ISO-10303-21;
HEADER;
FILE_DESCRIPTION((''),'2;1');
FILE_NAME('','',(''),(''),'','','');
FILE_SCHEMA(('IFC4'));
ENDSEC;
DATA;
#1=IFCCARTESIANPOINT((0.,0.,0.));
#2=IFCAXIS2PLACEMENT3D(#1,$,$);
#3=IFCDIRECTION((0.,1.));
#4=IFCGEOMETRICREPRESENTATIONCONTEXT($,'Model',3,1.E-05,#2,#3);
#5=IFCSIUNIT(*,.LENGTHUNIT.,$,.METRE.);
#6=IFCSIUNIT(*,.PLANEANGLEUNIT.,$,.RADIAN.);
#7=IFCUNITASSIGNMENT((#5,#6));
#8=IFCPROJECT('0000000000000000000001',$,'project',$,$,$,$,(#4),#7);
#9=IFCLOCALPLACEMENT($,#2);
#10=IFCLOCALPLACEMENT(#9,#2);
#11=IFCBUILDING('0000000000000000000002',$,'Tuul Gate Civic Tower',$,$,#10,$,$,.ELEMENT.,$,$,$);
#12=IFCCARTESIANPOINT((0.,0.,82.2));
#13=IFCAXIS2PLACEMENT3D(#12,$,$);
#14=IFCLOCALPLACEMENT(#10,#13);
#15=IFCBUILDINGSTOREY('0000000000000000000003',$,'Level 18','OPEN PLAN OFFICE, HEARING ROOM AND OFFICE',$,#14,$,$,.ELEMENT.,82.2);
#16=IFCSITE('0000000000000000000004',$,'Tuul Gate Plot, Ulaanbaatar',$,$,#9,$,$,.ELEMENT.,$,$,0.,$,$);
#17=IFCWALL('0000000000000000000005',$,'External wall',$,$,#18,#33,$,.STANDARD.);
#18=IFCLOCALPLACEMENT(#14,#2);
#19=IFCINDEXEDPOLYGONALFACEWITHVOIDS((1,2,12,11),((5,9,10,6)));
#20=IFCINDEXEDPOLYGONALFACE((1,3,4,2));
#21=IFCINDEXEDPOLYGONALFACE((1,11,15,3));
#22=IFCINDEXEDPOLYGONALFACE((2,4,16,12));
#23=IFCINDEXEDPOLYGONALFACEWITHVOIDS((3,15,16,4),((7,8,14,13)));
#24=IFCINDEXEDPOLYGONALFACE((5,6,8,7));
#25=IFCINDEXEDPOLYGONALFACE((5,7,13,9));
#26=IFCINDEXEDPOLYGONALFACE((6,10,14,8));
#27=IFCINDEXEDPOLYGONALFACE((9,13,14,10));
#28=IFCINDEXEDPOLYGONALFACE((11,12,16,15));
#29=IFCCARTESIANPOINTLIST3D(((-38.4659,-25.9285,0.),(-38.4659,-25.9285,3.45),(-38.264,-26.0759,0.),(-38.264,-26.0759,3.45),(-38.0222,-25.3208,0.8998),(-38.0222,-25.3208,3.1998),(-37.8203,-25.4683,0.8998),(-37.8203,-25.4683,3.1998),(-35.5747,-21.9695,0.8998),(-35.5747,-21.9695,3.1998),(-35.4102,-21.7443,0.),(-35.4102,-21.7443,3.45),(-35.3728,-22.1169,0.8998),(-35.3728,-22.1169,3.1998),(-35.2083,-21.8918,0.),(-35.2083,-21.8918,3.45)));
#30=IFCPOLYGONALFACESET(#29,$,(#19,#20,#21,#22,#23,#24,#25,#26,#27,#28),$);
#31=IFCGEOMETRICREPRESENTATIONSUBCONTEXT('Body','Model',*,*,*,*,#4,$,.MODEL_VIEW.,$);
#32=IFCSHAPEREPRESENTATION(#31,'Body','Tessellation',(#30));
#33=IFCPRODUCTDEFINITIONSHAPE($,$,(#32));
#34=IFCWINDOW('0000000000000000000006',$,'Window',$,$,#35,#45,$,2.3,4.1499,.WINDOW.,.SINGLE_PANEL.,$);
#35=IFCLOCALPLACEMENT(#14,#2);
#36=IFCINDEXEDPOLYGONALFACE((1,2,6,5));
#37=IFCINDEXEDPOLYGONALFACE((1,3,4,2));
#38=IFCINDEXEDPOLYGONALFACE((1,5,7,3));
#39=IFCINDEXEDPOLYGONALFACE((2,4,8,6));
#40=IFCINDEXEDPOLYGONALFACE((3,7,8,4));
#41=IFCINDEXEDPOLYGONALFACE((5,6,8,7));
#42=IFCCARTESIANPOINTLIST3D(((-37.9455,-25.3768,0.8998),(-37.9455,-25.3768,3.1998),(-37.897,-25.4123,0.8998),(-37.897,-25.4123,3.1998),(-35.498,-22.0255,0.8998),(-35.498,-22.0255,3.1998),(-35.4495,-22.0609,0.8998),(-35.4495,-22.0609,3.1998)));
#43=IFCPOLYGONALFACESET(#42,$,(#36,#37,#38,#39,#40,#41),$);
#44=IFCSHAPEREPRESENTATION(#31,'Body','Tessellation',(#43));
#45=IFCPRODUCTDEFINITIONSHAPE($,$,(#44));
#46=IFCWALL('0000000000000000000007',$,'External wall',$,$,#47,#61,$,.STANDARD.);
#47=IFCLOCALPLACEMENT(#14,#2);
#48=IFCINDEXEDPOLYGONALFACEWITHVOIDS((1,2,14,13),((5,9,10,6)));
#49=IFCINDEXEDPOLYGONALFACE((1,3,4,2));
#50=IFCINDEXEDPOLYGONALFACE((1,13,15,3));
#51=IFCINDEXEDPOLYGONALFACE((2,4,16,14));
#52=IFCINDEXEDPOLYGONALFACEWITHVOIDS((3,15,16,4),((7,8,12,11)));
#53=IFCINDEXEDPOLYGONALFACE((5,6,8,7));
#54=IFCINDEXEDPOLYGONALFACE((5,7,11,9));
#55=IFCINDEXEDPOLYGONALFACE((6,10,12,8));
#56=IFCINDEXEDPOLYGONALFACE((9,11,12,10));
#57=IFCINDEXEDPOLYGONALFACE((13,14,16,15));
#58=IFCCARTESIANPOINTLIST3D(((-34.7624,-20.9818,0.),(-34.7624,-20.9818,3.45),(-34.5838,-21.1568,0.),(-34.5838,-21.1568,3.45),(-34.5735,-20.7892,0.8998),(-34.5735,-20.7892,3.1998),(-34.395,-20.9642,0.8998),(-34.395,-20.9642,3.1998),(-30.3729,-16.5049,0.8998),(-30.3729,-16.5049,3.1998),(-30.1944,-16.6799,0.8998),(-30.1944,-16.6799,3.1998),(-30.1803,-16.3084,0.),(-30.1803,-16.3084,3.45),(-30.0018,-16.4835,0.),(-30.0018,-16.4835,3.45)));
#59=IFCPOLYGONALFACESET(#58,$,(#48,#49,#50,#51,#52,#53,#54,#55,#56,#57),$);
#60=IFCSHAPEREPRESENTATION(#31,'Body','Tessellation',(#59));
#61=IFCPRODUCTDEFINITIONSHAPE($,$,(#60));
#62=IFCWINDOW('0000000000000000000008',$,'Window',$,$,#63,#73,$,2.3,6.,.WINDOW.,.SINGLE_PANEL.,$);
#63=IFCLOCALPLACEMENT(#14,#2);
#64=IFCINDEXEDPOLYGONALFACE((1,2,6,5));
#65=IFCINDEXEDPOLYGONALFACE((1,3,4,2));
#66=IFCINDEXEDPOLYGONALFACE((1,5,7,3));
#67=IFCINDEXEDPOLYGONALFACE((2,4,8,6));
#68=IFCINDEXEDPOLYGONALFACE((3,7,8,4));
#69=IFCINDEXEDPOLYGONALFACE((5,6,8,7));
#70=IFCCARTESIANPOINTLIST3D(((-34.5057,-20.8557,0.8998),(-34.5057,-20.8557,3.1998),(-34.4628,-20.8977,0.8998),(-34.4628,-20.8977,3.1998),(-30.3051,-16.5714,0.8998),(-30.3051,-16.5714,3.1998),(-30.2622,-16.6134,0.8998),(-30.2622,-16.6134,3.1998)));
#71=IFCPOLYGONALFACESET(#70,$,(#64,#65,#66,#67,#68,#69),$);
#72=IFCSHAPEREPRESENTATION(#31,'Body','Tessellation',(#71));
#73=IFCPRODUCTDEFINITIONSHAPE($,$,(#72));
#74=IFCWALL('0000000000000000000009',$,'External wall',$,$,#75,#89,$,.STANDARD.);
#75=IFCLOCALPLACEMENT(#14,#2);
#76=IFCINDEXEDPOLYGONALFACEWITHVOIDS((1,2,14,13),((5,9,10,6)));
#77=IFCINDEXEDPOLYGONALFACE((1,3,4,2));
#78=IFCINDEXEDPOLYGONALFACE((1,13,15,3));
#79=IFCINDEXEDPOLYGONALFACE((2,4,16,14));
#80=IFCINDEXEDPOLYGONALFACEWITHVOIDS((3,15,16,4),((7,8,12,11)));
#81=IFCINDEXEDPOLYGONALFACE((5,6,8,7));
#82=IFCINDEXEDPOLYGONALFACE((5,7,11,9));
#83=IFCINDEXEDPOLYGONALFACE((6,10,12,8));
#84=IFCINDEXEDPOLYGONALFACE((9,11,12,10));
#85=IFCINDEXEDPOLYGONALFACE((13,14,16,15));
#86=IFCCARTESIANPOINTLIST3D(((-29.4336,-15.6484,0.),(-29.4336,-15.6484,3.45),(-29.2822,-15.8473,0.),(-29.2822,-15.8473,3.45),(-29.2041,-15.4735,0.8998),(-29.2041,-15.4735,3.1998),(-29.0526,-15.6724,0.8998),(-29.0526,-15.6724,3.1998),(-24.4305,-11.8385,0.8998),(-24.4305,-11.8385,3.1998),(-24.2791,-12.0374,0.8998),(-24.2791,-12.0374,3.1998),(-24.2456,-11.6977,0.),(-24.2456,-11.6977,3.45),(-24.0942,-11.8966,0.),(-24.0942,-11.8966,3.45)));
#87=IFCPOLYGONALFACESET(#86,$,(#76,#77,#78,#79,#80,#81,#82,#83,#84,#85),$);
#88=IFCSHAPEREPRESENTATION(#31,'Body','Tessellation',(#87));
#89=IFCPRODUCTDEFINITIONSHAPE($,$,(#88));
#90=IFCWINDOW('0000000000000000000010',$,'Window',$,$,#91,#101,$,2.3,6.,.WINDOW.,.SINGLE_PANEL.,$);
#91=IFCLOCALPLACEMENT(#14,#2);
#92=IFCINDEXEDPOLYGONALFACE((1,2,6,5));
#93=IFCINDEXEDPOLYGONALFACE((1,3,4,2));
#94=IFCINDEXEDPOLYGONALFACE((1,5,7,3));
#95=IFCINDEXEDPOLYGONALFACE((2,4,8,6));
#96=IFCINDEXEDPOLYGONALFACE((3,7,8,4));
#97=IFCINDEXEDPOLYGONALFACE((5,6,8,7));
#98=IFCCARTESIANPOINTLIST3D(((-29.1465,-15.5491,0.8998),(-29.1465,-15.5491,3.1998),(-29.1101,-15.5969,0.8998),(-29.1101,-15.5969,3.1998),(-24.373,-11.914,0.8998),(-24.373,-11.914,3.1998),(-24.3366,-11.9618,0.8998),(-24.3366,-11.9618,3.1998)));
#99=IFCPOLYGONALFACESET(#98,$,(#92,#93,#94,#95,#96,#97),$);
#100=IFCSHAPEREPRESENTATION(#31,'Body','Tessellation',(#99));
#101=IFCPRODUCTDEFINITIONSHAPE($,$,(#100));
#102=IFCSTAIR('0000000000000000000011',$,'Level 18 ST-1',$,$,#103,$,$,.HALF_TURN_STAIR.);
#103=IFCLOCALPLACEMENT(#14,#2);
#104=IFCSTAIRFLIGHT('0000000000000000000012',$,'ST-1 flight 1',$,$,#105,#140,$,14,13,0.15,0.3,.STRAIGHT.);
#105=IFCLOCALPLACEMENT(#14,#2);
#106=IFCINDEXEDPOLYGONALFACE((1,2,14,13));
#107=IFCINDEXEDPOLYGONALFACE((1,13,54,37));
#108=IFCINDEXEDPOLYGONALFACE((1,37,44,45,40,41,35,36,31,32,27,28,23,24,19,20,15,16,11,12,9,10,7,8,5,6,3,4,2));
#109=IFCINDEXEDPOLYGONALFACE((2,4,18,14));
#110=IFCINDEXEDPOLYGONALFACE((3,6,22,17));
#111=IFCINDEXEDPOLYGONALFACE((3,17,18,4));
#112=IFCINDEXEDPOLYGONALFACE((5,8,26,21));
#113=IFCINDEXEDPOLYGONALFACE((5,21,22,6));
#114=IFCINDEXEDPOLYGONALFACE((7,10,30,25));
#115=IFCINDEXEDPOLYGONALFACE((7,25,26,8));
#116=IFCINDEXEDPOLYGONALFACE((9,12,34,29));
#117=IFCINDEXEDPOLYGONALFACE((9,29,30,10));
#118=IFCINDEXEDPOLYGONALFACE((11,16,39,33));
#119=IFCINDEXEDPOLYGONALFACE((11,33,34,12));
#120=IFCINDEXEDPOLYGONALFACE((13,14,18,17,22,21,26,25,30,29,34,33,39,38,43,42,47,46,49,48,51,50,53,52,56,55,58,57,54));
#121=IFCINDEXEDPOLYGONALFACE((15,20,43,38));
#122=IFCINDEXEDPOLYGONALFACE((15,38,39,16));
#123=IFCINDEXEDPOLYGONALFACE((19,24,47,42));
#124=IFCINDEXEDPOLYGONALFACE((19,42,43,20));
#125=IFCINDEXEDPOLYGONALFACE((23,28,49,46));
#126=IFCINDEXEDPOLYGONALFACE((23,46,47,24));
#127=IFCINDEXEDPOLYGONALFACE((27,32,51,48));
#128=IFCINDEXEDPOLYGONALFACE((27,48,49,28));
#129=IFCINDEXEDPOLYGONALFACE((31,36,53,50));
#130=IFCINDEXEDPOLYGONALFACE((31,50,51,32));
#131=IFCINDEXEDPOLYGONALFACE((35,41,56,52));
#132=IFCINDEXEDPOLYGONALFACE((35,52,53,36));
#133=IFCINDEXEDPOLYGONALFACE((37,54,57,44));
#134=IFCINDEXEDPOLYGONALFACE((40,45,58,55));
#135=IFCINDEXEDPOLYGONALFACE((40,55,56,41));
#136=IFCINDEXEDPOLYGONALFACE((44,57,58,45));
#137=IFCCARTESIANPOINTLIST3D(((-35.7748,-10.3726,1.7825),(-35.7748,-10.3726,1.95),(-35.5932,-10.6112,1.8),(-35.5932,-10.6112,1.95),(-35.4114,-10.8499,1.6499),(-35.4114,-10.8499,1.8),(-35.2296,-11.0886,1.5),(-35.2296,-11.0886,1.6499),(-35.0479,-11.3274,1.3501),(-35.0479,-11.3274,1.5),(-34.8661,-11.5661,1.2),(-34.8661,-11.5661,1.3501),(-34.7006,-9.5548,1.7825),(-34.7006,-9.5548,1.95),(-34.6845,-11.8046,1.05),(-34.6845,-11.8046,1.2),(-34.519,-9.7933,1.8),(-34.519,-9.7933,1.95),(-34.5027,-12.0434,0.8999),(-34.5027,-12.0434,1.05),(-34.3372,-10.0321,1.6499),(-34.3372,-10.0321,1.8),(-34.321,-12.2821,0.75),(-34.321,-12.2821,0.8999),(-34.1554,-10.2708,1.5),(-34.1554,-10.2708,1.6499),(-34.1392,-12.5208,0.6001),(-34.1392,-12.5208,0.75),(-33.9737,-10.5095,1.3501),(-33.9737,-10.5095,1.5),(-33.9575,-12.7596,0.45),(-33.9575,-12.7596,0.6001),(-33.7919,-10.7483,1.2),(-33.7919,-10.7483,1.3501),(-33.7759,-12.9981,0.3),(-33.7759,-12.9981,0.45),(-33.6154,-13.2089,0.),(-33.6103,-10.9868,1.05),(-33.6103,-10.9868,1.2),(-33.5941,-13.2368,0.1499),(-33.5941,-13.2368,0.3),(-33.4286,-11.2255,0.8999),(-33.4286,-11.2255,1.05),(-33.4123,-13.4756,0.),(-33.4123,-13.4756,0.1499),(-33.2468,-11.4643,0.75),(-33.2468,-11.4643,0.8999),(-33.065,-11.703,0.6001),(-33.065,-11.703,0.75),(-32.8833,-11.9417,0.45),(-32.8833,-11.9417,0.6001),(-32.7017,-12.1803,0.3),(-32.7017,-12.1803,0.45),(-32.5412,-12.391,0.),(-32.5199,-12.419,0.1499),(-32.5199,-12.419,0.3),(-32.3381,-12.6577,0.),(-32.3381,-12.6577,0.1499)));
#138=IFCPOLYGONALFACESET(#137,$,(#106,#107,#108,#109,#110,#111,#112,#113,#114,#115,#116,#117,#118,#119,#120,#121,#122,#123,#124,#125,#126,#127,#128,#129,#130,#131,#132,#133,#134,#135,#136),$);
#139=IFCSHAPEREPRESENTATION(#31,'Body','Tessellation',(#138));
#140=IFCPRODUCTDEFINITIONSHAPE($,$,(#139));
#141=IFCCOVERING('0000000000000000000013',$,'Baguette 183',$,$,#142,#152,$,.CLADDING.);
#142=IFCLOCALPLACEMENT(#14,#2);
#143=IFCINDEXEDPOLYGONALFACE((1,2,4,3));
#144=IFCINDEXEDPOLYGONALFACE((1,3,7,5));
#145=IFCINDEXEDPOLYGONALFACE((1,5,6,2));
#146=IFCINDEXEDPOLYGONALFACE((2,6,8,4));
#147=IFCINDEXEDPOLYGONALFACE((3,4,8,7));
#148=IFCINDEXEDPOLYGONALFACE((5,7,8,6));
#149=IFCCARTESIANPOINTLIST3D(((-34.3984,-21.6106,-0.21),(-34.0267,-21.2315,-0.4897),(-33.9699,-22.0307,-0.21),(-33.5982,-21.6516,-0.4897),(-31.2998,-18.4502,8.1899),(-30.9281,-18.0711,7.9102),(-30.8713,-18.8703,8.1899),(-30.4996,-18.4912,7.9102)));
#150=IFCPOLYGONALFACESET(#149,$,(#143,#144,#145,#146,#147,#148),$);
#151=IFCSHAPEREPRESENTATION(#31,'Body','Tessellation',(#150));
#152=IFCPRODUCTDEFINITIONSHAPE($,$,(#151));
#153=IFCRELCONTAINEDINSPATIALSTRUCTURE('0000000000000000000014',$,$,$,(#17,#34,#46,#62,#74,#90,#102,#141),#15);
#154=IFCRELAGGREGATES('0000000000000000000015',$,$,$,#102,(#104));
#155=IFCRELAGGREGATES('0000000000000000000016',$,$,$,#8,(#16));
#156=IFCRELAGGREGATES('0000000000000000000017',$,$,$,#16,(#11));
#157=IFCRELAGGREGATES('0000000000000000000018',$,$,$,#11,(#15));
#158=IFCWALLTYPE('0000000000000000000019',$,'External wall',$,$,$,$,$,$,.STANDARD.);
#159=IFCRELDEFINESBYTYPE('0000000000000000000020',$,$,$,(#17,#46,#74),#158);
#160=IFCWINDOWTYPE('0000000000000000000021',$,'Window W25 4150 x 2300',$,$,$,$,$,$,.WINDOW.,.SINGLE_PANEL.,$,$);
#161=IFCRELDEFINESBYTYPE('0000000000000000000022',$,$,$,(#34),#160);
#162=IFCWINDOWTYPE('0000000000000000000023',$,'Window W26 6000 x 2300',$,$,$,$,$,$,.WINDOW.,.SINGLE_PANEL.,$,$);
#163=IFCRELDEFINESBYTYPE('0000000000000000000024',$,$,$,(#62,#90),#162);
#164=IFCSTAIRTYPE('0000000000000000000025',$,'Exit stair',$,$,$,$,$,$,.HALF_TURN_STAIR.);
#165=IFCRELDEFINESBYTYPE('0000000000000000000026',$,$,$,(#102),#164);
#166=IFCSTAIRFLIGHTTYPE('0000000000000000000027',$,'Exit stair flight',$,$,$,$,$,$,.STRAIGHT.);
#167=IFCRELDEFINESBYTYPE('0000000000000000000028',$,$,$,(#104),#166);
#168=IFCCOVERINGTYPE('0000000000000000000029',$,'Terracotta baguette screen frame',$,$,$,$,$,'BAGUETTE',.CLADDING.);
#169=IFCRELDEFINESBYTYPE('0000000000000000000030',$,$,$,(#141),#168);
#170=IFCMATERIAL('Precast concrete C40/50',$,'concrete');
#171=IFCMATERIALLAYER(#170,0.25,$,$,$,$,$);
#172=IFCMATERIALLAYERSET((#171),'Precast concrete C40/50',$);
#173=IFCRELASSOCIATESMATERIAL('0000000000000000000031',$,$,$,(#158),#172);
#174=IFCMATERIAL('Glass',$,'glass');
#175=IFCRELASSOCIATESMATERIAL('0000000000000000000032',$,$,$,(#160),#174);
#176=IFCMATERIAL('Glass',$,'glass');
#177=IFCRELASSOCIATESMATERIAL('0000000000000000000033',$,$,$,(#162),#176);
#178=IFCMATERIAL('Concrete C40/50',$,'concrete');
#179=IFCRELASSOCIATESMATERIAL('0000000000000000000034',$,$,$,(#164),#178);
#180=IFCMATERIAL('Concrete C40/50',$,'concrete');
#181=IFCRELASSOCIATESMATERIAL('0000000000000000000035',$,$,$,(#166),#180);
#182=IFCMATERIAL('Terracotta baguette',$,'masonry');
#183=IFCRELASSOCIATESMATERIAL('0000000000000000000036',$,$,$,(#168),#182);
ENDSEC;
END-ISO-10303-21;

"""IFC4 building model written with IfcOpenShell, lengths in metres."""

from ifc_helpers import new_model, si_unit, direction, frame, frame_2d, origin, origin_2d, place, context, subcontext, project, spatial, polyline, rectangle, outline, extrude, material, layer, layer_set, material_profile, profile_set, type_object, element, fill, aggregate, save


model = new_model("IFC4")

# Units and contexts
model_context = context("Model", 3, precision=1e-05, world=origin(), true_north=direction((0.0, 1.0)))
body_context = subcontext(model_context, "Body", "Model", "MODEL_VIEW")
ifc_project = project(units=[si_unit("LENGTHUNIT", "METRE"), si_unit("PLANEANGLEUNIT", "RADIAN")], contexts=[model_context])

# Site, building, storey
site_placement = place(None, origin())
site = spatial("IfcSite", under=ifc_project, at=site_placement, Name="Tuul Gate Plot, Ulaanbaatar", CompositionType="ELEMENT", RefElevation=0.0)
building_placement = place(site_placement, origin())
building = spatial("IfcBuilding", under=site, at=building_placement, Name="Tuul Gate Civic Tower", CompositionType="ELEMENT")
storey_placement = place(building_placement, frame((0.0, 0.0, 82.2)))
storey = spatial("IfcBuildingStorey", under=building, at=storey_placement, Name="Level 18", Description="OPEN PLAN OFFICE, HEARING ROOM AND OFFICE", CompositionType="ELEMENT", Elevation=82.2)

# Walls, openings, windows
ifc_material_1 = material(Name="Precast concrete C40/50", Category="concrete")
ifc_layer_1 = layer(ifc_material_1, 0.25)
ifc_layer_set_1 = layer_set([ifc_layer_1], Name="Precast concrete C40/50")
wall_type_1 = type_object("IfcWallType", Name="External wall", PredefinedType="STANDARD", material=ifc_layer_set_1)
wall_1_placement = place(storey_placement, frame((-38.365, -26.0022, 0.0), z_axis=(0.0, 0.0, 1.0), x_axis=(0.589773, 0.807569, 0.0)))
wall_1 = element("IfcWall", 1, at=wall_1_placement, inside=storey, type_object=wall_type_1, Name="External wall", PredefinedType="STANDARD", context=body_context, shape_type="SweptSolid", body=[
    extrude(rectangle(XDim=5.1812, YDim=0.25, at=frame_2d((2.5906, 0.0))), origin(), (0.0, 0.0, 1.0), 3.45),
])
opening_1_placement = place(wall_1_placement, frame((0.7524, 0.0, 0.8999)))
opening_1 = element("IfcOpeningElement", 2, at=opening_1_placement, cuts=wall_1, PredefinedType="OPENING", context=body_context, shape_type="SweptSolid", body=[
    extrude(rectangle(XDim=4.1499, YDim=2.3, at=frame_2d((2.075, 1.1499))), frame((0.0, 0.135, 0.0), z_axis=(0.0, -1.0, 0.0), x_axis=(1.0, 0.0, 0.0)), (0.0, 0.0, 1.0), 0.27),
])
ifc_material_2 = material(Name="Glass", Category="glass")
window_type_1 = type_object("IfcWindowType", Name="Window W25 4150 x 2300", PartitioningType="SINGLE_PANEL", PredefinedType="WINDOW", material=ifc_material_2)
window_1_placement = place(opening_1_placement, origin())
window_1 = element("IfcWindow", 3, at=window_1_placement, inside=storey, type_object=window_type_1, Name="Window", OverallHeight=2.3, OverallWidth=4.1499, PartitioningType="SINGLE_PANEL", PredefinedType="WINDOW", context=body_context, shape_type="SweptSolid", body=[
    extrude(rectangle(XDim=4.1499, YDim=2.3, at=frame_2d((2.075, 1.1499))), frame((0.0, 0.03, 0.0), z_axis=(0.0, -1.0, 0.0), x_axis=(1.0, 0.0, 0.0)), (0.0, 0.0, 1.0), 0.0601),
])
fill(opening_1, window_1)
wall_2_placement = place(storey_placement, frame((-34.6731, -21.0693, 0.0), z_axis=(0.0, 0.0, 1.0), x_axis=(0.700097, 0.714048, 0.0)))
wall_2 = element("IfcWall", 4, at=wall_2_placement, inside=storey, type_object=wall_type_1, Name="External wall", PredefinedType="STANDARD", context=body_context, shape_type="SweptSolid", body=[
    extrude(rectangle(XDim=6.5449, YDim=0.25, at=frame_2d((3.2725, 0.0))), origin(), (0.0, 0.0, 1.0), 3.45),
])
opening_2_placement = place(wall_2_placement, frame((0.2698, 0.0, 0.8999)))
opening_2 = element("IfcOpeningElement", 5, at=opening_2_placement, cuts=wall_2, PredefinedType="OPENING", context=body_context, shape_type="SweptSolid", body=[
    extrude(rectangle(XDim=6.0, YDim=2.3, at=frame_2d((3.0, 1.1499))), frame((0.0, 0.135, 0.0), z_axis=(0.0, -1.0, 0.0), x_axis=(1.0, 0.0, 0.0)), (0.0, 0.0, 1.0), 0.27),
])
ifc_material_3 = material(Name="Glass", Category="glass")
window_type_2 = type_object("IfcWindowType", Name="Window W26 6000 x 2300", PartitioningType="SINGLE_PANEL", PredefinedType="WINDOW", material=ifc_material_3)
window_2_placement = place(opening_2_placement, origin())
window_2 = element("IfcWindow", 6, at=window_2_placement, inside=storey, type_object=window_type_2, Name="Window", OverallHeight=2.3, OverallWidth=6.0, PartitioningType="SINGLE_PANEL", PredefinedType="WINDOW", context=body_context, shape_type="SweptSolid", body=[
    extrude(rectangle(XDim=6.0, YDim=2.3, at=frame_2d((3.0, 1.1499))), frame((0.0, 0.03, 0.0), z_axis=(0.0, -1.0, 0.0), x_axis=(1.0, 0.0, 0.0)), (0.0, 0.0, 1.0), 0.0601),
])
fill(opening_2, window_2)
wall_3_placement = place(storey_placement, frame((-29.3579, -15.7478, 0.0), z_axis=(0.0, 0.0, 1.0), x_axis=(0.795585, 0.605842, 0.0)))
wall_3 = element("IfcWall", 7, at=wall_3_placement, inside=storey, type_object=wall_type_1, Name="External wall", PredefinedType="STANDARD", context=body_context, shape_type="SweptSolid", body=[
    extrude(rectangle(XDim=6.521, YDim=0.25, at=frame_2d((3.2605, 0.0))), origin(), (0.0, 0.0, 1.0), 3.45),
])
opening_3_placement = place(wall_3_placement, frame((0.2886, 0.0, 0.8999)))
opening_3 = element("IfcOpeningElement", 8, at=opening_3_placement, cuts=wall_3, PredefinedType="OPENING", context=body_context, shape_type="SweptSolid", body=[
    extrude(rectangle(XDim=6.0, YDim=2.3, at=frame_2d((3.0, 1.1499))), frame((0.0, 0.135, 0.0), z_axis=(0.0, -1.0, 0.0), x_axis=(1.0, 0.0, 0.0)), (0.0, 0.0, 1.0), 0.27),
])
window_3_placement = place(opening_3_placement, origin())
window_3 = element("IfcWindow", 9, at=window_3_placement, inside=storey, type_object=window_type_2, Name="Window", OverallHeight=2.3, OverallWidth=6.0, PartitioningType="SINGLE_PANEL", PredefinedType="WINDOW", context=body_context, shape_type="SweptSolid", body=[
    extrude(rectangle(XDim=6.0, YDim=2.3, at=frame_2d((3.0, 1.1499))), frame((0.0, 0.03, 0.0), z_axis=(0.0, -1.0, 0.0), x_axis=(1.0, 0.0, 0.0)), (0.0, 0.0, 1.0), 0.0601),
])
fill(opening_3, window_3)

# Stair, stair flight
ifc_material_4 = material(Name="Concrete C40/50", Category="concrete")
stair_type = type_object("IfcStairType", Name="Exit stair", PredefinedType="HALF_TURN_STAIR", material=ifc_material_4)
stair_placement = place(storey_placement, origin())
stair = element("IfcStair", 10, at=stair_placement, inside=storey, type_object=stair_type, Name="Level 18 ST-1", PredefinedType="HALF_TURN_STAIR")
ifc_material_5 = material(Name="Concrete C40/50", Category="concrete")
stair_flight_type = type_object("IfcStairFlightType", Name="Exit stair flight", PredefinedType="STRAIGHT", material=ifc_material_5)
stair_flight_placement = place(storey_placement, frame((-32.8752, -13.0667, 0.0), z_axis=(0.0, 0.0, 1.0), x_axis=(-0.605764, 0.795644, 0.0)))
stair_flight = element("IfcStairFlight", 11, at=stair_flight_placement, type_object=stair_flight_type, Name="ST-1 flight 1", NumberOfRisers=14, NumberOfTreads=13, PredefinedType="STRAIGHT", RiserHeight=0.15, TreadLength=0.3, context=body_context, shape_type="SweptSolid", body=[
    extrude(outline(polyline([(0.0, 0.0), (0.0, 0.1499), (0.3, 0.1499), (0.3, 0.3), (0.6001, 0.3), (0.6001, 0.45), (0.8999, 0.45), (0.8999, 0.6001), (1.2, 0.6001), (1.2, 0.75), (1.5, 0.75), (1.5, 0.8999), (1.8, 0.8999), (1.8, 1.05), (2.1001, 1.05), (2.1001, 1.2), (2.3999, 1.2), (2.3999, 1.3501), (2.7, 1.3501), (2.7, 1.5), (3.0, 1.5), (3.0, 1.6499), (3.3, 1.6499), (3.3, 1.8), (3.6001, 1.8), (3.6001, 1.95), (3.8999, 1.95), (3.8999, 2.1001), (3.8999, 1.7825), (0.3352, 0.0), (0.0, 0.0)])), frame((0.0, 0.675, 0.0), z_axis=(0.0, -1.0, 0.0), x_axis=(1.0, 0.0, 0.0)), (0.0, 0.0, 1.0), 1.3501),
])
aggregate(stair, [stair_flight])

# Covering
ifc_material_6 = material(Name="Terracotta baguette", Category="masonry")
ifc_material_profile_1 = material_profile(ifc_material_6, rectangle(XDim=0.6001, YDim=0.6001, at=origin_2d()), Name="Terracotta baguette screen frame")
ifc_profile_set_1 = profile_set([ifc_material_profile_1], Name="Terracotta baguette")
covering_type = type_object("IfcCoveringType", Name="Terracotta baguette screen frame", ElementType="BAGUETTE", PredefinedType="CLADDING", material=ifc_profile_set_1)
covering_placement = place(storey_placement, frame((-30.8997, -18.4707, 8.05), z_axis=(-0.326356, -0.332862, -0.8847), x_axis=(0.71405, -0.700095, 0.0)))
element("IfcCovering", 12, at=covering_placement, inside=storey, type_object=covering_type, Name="Baguette 183", PredefinedType="CLADDING", context=body_context, shape_type="SweptSolid", body=[
    extrude(rectangle(XDim=0.6001, YDim=0.6001, at=origin_2d()), origin(), (0.0, 0.0, 1.0), 9.4946),
])

save(model, "model.ifc")
